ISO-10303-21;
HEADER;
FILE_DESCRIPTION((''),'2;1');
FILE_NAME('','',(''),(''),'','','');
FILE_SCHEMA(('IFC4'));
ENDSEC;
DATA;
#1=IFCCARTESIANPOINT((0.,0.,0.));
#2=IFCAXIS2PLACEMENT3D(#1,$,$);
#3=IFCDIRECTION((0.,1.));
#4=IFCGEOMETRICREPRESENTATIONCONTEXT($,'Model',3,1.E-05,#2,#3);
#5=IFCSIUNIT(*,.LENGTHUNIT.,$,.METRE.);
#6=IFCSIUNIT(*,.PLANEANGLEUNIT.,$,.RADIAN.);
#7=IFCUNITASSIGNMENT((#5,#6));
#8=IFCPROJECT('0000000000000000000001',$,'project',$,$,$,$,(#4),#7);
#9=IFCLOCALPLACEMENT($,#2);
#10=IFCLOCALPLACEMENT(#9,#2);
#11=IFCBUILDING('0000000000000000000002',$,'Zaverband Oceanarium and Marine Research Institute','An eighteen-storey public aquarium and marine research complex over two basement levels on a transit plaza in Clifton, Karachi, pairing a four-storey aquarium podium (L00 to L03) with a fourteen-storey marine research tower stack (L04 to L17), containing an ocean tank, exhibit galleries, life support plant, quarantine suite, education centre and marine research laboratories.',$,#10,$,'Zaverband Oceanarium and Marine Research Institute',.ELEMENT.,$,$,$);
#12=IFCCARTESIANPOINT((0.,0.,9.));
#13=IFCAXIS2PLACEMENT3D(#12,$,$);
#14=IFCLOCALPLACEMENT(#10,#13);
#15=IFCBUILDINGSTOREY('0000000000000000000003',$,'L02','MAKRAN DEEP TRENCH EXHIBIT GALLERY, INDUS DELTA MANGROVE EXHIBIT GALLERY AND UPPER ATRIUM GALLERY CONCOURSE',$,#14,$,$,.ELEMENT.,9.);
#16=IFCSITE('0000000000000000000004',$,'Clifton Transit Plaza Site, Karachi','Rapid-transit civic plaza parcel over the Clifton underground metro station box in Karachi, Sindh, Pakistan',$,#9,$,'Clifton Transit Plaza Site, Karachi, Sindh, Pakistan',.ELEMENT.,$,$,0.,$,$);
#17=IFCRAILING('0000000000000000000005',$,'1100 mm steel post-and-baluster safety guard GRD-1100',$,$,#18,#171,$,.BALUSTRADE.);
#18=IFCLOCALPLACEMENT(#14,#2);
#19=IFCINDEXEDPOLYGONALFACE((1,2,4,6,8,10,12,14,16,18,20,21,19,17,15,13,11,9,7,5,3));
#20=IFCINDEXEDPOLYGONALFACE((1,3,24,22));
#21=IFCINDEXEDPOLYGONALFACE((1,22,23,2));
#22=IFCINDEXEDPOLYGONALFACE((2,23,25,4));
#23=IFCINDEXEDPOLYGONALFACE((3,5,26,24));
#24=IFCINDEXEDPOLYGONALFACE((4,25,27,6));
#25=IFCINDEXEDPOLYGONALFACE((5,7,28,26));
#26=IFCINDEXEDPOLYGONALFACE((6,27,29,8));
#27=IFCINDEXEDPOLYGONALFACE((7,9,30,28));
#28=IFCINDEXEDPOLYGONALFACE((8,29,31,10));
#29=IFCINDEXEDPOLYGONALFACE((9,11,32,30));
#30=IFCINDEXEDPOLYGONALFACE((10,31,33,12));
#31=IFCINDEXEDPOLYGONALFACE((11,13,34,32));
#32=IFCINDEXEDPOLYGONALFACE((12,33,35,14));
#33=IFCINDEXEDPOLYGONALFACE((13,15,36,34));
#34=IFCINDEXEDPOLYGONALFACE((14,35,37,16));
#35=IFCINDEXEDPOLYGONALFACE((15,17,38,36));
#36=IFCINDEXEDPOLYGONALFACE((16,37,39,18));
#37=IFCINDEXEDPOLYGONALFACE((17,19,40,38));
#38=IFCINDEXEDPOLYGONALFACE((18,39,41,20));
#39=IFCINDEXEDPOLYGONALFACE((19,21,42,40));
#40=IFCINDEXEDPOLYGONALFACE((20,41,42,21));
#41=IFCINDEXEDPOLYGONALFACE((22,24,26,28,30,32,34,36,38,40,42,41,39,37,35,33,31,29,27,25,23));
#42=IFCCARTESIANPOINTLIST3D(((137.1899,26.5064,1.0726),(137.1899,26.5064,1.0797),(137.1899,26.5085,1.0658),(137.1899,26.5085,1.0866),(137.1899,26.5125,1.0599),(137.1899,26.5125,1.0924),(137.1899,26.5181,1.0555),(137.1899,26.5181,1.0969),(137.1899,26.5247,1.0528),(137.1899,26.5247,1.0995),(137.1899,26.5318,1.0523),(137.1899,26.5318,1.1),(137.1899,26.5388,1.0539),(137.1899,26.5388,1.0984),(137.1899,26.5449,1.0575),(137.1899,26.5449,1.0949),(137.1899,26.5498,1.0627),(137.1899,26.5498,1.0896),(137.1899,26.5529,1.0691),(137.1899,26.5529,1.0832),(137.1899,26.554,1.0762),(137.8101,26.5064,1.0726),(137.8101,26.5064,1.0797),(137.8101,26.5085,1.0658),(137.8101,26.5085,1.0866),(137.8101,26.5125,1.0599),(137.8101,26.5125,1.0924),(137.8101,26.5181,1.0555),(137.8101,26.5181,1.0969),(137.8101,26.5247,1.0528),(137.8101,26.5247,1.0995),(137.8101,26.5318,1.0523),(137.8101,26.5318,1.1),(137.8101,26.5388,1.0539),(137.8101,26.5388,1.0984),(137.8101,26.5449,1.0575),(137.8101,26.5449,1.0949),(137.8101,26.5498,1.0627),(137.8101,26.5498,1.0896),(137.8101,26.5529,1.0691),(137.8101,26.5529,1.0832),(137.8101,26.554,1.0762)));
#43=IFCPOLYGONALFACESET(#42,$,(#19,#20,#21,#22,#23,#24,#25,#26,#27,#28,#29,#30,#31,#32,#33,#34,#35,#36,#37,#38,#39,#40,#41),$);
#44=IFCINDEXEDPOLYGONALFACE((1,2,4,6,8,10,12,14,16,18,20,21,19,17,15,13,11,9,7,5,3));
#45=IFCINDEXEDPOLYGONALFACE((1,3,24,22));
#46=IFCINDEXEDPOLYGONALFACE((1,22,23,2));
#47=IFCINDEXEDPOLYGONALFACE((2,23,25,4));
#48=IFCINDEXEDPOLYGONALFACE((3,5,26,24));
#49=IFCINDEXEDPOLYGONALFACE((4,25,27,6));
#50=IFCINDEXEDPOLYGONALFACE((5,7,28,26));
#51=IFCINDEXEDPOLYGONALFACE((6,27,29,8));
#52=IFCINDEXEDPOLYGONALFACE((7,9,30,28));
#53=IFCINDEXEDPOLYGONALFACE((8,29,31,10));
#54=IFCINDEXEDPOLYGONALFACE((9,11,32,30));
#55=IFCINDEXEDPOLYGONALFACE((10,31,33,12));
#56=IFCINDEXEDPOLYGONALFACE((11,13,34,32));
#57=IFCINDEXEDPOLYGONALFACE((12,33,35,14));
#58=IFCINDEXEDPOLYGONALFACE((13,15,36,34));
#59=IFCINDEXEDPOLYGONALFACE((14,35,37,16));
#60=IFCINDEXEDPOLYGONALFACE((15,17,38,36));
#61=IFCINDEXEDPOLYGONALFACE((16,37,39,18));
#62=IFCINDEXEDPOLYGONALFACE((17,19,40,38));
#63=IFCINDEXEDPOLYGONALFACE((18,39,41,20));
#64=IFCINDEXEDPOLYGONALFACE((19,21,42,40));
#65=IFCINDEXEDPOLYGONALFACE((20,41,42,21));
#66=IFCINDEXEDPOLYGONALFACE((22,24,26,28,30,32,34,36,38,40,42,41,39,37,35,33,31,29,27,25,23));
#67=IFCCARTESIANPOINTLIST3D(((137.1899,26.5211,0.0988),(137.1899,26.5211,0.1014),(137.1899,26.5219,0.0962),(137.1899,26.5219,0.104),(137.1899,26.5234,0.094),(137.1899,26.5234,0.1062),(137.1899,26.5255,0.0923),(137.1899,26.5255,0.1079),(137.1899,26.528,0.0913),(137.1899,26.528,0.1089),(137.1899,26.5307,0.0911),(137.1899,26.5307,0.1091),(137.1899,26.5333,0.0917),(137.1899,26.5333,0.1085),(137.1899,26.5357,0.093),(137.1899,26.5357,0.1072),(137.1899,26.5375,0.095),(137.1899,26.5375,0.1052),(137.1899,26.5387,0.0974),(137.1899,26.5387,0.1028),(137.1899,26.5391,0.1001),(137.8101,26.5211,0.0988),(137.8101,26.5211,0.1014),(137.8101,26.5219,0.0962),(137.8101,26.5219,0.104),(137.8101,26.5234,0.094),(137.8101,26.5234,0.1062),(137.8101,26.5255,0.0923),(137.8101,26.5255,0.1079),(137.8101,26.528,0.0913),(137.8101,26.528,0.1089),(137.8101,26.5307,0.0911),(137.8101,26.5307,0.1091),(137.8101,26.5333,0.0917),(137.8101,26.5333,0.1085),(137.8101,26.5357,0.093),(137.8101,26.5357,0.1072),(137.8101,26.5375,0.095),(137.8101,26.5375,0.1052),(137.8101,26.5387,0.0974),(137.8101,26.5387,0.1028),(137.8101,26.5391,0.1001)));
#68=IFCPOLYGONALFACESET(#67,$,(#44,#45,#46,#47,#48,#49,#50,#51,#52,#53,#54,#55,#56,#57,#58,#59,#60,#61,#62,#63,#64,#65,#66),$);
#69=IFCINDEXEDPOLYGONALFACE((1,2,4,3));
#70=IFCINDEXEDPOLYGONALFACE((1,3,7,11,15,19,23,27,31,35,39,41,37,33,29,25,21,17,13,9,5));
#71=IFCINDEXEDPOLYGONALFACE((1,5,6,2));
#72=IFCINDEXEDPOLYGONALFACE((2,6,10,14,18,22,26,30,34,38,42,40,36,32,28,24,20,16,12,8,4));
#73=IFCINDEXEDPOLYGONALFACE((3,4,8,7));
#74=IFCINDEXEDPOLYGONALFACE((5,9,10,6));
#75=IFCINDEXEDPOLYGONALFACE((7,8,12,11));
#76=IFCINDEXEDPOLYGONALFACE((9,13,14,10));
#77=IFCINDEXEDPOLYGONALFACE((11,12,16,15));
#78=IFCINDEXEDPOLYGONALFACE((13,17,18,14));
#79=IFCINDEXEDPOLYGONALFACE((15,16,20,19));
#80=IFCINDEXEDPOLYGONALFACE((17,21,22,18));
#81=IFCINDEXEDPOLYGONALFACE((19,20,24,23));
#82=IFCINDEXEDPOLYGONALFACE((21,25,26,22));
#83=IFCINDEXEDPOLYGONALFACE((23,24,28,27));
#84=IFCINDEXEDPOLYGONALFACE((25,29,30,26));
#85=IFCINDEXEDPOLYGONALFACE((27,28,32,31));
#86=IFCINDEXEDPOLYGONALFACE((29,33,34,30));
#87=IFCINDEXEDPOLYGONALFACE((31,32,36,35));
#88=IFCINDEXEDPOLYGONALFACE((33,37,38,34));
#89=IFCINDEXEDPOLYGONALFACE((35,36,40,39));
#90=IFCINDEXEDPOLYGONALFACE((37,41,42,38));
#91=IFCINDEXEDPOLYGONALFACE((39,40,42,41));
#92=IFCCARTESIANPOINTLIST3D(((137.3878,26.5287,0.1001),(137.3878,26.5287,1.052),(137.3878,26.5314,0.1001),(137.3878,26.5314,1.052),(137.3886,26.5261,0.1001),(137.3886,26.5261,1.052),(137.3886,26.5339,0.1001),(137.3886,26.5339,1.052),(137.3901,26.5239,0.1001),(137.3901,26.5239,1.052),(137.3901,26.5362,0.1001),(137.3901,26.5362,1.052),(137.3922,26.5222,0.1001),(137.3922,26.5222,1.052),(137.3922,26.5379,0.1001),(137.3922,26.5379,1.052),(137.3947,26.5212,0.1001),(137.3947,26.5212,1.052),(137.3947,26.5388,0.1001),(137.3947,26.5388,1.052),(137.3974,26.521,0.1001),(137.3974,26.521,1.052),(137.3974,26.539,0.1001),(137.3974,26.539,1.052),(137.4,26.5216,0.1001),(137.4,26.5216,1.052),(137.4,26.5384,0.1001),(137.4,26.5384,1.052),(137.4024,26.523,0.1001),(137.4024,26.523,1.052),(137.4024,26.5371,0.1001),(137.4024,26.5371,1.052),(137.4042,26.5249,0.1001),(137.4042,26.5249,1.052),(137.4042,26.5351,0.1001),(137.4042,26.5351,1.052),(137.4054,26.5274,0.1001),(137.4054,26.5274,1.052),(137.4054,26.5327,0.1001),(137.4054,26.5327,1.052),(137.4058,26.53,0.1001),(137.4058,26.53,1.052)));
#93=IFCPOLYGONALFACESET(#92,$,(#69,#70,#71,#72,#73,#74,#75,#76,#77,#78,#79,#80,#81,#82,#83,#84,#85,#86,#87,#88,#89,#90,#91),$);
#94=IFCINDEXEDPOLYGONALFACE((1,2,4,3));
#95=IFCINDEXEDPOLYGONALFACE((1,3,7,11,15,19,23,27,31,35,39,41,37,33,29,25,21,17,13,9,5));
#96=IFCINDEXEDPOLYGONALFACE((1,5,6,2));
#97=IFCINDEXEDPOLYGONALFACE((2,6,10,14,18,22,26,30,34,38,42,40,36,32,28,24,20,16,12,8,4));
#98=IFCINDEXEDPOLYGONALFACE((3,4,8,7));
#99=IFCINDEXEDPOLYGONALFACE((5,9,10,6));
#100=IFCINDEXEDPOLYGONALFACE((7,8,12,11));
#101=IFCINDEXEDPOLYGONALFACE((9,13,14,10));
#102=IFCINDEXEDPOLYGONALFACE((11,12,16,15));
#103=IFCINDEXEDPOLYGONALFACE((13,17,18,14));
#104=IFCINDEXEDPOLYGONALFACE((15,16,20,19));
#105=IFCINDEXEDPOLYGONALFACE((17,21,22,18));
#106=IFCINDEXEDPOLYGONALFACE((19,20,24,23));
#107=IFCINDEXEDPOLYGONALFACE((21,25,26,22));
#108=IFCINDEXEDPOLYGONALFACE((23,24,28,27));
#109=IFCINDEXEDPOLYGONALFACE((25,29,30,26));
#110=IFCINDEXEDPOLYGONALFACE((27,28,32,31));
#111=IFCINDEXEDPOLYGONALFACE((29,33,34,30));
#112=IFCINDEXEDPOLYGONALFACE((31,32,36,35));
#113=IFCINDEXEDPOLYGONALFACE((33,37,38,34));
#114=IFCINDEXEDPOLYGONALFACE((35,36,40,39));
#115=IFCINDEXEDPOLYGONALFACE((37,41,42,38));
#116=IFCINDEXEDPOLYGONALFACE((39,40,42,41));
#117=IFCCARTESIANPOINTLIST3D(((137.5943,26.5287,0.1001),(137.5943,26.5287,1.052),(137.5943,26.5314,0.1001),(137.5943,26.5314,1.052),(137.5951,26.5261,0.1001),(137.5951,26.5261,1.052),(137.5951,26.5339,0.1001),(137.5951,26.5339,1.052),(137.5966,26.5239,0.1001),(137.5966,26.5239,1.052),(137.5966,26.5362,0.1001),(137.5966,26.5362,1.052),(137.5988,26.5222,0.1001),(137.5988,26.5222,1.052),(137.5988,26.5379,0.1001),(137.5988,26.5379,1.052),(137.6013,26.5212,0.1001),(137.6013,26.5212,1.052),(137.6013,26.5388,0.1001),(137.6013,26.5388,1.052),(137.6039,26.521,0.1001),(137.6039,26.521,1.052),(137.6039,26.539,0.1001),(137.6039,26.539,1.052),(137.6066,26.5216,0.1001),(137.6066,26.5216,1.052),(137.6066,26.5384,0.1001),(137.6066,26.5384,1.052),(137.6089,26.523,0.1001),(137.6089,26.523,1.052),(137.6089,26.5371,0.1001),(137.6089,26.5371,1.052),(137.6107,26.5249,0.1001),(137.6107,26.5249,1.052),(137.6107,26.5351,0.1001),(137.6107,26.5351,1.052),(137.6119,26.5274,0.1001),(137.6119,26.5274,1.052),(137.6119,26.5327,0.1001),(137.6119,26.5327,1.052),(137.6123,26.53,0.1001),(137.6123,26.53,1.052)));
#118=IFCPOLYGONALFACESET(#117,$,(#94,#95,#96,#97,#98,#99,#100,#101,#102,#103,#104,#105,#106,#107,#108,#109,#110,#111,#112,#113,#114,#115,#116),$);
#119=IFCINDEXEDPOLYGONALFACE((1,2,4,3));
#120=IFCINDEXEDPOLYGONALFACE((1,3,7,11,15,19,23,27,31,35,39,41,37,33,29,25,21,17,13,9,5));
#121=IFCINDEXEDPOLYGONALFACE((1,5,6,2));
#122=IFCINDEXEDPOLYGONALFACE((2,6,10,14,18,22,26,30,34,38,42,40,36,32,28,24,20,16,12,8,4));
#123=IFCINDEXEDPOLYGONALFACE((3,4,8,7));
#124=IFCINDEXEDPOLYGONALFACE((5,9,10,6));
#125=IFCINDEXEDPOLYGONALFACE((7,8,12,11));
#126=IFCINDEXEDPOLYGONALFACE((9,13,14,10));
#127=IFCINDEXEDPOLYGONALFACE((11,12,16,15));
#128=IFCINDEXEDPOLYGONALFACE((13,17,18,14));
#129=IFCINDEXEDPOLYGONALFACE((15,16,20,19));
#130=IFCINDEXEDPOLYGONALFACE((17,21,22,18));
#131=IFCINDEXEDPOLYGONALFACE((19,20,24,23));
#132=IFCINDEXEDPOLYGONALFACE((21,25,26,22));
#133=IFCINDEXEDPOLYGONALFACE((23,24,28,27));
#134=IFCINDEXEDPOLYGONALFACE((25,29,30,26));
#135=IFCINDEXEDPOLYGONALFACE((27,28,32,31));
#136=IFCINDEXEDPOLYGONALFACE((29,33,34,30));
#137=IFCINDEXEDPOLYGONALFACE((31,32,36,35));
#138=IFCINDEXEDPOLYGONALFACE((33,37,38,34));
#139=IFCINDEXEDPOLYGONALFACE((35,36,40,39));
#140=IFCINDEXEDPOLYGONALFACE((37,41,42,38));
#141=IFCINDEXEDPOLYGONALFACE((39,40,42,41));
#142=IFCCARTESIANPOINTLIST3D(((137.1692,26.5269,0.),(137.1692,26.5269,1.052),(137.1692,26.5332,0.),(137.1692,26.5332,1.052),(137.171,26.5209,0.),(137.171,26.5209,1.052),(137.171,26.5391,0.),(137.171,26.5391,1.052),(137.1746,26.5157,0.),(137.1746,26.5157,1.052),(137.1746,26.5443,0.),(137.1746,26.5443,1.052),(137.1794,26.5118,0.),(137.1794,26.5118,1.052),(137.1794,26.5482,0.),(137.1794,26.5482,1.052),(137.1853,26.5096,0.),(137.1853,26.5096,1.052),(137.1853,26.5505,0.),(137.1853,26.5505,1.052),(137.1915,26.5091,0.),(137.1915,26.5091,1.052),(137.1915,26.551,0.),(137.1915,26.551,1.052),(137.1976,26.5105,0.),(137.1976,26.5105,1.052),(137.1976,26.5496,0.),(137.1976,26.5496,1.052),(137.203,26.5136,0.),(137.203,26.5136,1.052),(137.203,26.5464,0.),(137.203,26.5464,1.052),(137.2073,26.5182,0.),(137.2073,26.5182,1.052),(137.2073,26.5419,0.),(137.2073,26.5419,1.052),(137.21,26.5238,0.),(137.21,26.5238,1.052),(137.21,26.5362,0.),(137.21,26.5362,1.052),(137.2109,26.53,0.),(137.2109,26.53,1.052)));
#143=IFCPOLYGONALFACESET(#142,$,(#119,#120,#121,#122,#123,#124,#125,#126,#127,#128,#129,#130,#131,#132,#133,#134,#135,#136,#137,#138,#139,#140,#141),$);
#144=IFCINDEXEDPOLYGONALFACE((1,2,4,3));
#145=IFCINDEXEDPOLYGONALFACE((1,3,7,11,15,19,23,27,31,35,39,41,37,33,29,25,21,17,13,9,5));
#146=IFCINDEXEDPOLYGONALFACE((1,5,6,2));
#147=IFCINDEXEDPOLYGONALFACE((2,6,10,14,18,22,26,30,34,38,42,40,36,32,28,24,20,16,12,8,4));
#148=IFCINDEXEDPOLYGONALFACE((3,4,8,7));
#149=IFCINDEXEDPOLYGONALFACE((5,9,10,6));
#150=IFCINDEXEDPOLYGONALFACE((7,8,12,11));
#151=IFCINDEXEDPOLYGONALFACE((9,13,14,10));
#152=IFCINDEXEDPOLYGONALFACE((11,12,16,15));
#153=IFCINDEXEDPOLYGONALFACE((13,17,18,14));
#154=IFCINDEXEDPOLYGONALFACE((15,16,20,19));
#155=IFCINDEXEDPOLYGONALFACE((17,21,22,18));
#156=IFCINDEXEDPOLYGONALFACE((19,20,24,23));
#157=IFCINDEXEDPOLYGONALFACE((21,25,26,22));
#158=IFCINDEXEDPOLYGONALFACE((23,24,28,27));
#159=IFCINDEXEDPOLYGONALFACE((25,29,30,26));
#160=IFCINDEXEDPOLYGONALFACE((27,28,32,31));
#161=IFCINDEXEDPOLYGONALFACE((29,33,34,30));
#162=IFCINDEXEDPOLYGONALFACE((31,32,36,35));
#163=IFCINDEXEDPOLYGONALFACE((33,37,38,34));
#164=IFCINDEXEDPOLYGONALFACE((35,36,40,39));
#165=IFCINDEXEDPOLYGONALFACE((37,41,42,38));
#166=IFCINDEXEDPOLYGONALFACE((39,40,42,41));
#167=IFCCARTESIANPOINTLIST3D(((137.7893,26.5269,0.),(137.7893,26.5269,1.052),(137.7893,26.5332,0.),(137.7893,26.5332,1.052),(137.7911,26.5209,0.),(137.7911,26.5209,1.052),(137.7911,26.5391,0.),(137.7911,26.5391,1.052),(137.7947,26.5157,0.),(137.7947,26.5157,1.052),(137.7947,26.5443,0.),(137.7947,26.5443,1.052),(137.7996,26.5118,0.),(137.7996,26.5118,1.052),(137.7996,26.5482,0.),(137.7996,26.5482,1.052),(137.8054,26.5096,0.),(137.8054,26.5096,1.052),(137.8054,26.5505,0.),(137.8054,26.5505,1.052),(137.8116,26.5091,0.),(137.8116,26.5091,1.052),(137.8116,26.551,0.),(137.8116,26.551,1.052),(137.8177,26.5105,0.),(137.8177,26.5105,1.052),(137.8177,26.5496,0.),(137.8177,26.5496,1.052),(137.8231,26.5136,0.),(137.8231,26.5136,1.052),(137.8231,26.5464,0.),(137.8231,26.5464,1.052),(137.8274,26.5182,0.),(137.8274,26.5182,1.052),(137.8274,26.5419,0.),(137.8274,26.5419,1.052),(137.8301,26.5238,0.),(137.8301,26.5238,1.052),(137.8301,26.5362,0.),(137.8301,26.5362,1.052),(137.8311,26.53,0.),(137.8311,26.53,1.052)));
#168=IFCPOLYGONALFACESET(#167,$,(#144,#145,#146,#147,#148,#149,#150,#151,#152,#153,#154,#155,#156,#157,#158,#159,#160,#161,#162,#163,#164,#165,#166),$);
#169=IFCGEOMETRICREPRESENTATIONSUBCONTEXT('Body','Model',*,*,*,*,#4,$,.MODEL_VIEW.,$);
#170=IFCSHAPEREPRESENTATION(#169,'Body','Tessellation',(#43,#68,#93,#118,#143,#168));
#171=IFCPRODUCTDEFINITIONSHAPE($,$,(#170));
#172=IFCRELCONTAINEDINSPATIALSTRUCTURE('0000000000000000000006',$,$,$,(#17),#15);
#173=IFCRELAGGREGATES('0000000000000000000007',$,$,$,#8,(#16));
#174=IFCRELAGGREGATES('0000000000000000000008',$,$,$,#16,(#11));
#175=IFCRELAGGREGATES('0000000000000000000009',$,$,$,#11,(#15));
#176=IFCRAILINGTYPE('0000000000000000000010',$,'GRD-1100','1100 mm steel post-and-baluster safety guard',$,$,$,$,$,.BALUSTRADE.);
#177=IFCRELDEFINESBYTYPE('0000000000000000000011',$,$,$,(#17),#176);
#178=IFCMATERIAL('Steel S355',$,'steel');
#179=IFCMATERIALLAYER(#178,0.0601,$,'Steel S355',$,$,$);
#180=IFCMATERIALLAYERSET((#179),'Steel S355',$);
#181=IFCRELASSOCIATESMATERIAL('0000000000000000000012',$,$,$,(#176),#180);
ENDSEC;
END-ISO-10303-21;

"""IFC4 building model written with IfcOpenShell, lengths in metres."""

from ifc_helpers import new_model, si_unit, direction, frame, origin, origin_2d, place, context, subcontext, project, spatial, circle, extrude, material, layer, layer_set, type_object, element, save


model = new_model("IFC4")

# Units and contexts
model_context = context("Model", 3, precision=1e-05, world=origin(), true_north=direction((0.0, 1.0)))
body_context = subcontext(model_context, "Body", "Model", "MODEL_VIEW")
ifc_project = project(units=[si_unit("LENGTHUNIT", "METRE"), si_unit("PLANEANGLEUNIT", "RADIAN")], contexts=[model_context])

# Site, building, storey
site_placement = place(None, origin())
site = spatial("IfcSite", under=ifc_project, at=site_placement, Name="Clifton Transit Plaza Site, Karachi", Description="Rapid-transit civic plaza parcel over the Clifton underground metro station box in Karachi, Sindh, Pakistan", LongName="Clifton Transit Plaza Site, Karachi, Sindh, Pakistan", CompositionType="ELEMENT", RefElevation=0.0)
building_placement = place(site_placement, origin())
building = spatial("IfcBuilding", under=site, at=building_placement, Name="Zaverband Oceanarium and Marine Research Institute", Description="An eighteen-storey public aquarium and marine research complex over two basement levels on a transit plaza in Clifton, Karachi, pairing a four-storey aquarium podium (L00 to L03) with a fourteen-storey marine research tower stack (L04 to L17), containing an ocean tank, exhibit galleries, life support plant, quarantine suite, education centre and marine research laboratories.", LongName="Zaverband Oceanarium and Marine Research Institute", CompositionType="ELEMENT")
storey_placement = place(building_placement, frame((0.0, 0.0, 9.0)))
storey = spatial("IfcBuildingStorey", under=building, at=storey_placement, Name="L02", Description="MAKRAN DEEP TRENCH EXHIBIT GALLERY, INDUS DELTA MANGROVE EXHIBIT GALLERY AND UPPER ATRIUM GALLERY CONCOURSE", CompositionType="ELEMENT", Elevation=9.0)

# Shared definitions
ifc_material_1 = material(Name="Steel S355", Category="steel")

# Railing
ifc_layer_1 = layer(ifc_material_1, 0.0601, Name="Steel S355")
ifc_layer_set_1 = layer_set([ifc_layer_1], Name="Steel S355")
railing_type_1 = type_object("IfcRailingType", Name="GRD-1100", Description="1100 mm steel post-and-baluster safety guard", PredefinedType="BALUSTRADE", material=ifc_layer_set_1)
for number, where, name in (
    (1, (137.1899, 26.53, 0.0), "1100 mm steel post-and-baluster safety guard GRD-1100"),
):
    element("IfcRailing", number, at=place(storey_placement, frame(where)), inside=storey, type_object=railing_type_1, Name=name, PredefinedType="BALUSTRADE", context=body_context, shape_type="SweptSolid", body=[
        extrude(circle(Radius=0.0239, at=origin_2d()), frame((0.0, 0.0, 1.0762), z_axis=(1.0, 0.0, 0.0), x_axis=(0.0, 1.0, 0.0)), (0.0, 0.0, 1.0), 0.6201),
        extrude(circle(Radius=0.009, at=origin_2d()), frame((0.0, 0.0, 0.1001), z_axis=(1.0, 0.0, 0.0), x_axis=(0.0, 1.0, 0.0)), (0.0, 0.0, 1.0), 0.6201),
        extrude(circle(Radius=0.009, at=origin_2d()), frame((0.2068, 0.0, 0.1001)), (0.0, 0.0, 1.0), 0.9519),
        extrude(circle(Radius=0.009, at=origin_2d()), frame((0.4133, 0.0, 0.1001)), (0.0, 0.0, 1.0), 0.9519),
        extrude(circle(Radius=0.021, at=origin_2d()), origin(), (0.0, 0.0, 1.0), 1.052),
        extrude(circle(Radius=0.021, at=origin_2d()), frame((0.6201, 0.0, 0.0)), (0.0, 0.0, 1.0), 1.052),
    ])

save(model, "model.ifc")
